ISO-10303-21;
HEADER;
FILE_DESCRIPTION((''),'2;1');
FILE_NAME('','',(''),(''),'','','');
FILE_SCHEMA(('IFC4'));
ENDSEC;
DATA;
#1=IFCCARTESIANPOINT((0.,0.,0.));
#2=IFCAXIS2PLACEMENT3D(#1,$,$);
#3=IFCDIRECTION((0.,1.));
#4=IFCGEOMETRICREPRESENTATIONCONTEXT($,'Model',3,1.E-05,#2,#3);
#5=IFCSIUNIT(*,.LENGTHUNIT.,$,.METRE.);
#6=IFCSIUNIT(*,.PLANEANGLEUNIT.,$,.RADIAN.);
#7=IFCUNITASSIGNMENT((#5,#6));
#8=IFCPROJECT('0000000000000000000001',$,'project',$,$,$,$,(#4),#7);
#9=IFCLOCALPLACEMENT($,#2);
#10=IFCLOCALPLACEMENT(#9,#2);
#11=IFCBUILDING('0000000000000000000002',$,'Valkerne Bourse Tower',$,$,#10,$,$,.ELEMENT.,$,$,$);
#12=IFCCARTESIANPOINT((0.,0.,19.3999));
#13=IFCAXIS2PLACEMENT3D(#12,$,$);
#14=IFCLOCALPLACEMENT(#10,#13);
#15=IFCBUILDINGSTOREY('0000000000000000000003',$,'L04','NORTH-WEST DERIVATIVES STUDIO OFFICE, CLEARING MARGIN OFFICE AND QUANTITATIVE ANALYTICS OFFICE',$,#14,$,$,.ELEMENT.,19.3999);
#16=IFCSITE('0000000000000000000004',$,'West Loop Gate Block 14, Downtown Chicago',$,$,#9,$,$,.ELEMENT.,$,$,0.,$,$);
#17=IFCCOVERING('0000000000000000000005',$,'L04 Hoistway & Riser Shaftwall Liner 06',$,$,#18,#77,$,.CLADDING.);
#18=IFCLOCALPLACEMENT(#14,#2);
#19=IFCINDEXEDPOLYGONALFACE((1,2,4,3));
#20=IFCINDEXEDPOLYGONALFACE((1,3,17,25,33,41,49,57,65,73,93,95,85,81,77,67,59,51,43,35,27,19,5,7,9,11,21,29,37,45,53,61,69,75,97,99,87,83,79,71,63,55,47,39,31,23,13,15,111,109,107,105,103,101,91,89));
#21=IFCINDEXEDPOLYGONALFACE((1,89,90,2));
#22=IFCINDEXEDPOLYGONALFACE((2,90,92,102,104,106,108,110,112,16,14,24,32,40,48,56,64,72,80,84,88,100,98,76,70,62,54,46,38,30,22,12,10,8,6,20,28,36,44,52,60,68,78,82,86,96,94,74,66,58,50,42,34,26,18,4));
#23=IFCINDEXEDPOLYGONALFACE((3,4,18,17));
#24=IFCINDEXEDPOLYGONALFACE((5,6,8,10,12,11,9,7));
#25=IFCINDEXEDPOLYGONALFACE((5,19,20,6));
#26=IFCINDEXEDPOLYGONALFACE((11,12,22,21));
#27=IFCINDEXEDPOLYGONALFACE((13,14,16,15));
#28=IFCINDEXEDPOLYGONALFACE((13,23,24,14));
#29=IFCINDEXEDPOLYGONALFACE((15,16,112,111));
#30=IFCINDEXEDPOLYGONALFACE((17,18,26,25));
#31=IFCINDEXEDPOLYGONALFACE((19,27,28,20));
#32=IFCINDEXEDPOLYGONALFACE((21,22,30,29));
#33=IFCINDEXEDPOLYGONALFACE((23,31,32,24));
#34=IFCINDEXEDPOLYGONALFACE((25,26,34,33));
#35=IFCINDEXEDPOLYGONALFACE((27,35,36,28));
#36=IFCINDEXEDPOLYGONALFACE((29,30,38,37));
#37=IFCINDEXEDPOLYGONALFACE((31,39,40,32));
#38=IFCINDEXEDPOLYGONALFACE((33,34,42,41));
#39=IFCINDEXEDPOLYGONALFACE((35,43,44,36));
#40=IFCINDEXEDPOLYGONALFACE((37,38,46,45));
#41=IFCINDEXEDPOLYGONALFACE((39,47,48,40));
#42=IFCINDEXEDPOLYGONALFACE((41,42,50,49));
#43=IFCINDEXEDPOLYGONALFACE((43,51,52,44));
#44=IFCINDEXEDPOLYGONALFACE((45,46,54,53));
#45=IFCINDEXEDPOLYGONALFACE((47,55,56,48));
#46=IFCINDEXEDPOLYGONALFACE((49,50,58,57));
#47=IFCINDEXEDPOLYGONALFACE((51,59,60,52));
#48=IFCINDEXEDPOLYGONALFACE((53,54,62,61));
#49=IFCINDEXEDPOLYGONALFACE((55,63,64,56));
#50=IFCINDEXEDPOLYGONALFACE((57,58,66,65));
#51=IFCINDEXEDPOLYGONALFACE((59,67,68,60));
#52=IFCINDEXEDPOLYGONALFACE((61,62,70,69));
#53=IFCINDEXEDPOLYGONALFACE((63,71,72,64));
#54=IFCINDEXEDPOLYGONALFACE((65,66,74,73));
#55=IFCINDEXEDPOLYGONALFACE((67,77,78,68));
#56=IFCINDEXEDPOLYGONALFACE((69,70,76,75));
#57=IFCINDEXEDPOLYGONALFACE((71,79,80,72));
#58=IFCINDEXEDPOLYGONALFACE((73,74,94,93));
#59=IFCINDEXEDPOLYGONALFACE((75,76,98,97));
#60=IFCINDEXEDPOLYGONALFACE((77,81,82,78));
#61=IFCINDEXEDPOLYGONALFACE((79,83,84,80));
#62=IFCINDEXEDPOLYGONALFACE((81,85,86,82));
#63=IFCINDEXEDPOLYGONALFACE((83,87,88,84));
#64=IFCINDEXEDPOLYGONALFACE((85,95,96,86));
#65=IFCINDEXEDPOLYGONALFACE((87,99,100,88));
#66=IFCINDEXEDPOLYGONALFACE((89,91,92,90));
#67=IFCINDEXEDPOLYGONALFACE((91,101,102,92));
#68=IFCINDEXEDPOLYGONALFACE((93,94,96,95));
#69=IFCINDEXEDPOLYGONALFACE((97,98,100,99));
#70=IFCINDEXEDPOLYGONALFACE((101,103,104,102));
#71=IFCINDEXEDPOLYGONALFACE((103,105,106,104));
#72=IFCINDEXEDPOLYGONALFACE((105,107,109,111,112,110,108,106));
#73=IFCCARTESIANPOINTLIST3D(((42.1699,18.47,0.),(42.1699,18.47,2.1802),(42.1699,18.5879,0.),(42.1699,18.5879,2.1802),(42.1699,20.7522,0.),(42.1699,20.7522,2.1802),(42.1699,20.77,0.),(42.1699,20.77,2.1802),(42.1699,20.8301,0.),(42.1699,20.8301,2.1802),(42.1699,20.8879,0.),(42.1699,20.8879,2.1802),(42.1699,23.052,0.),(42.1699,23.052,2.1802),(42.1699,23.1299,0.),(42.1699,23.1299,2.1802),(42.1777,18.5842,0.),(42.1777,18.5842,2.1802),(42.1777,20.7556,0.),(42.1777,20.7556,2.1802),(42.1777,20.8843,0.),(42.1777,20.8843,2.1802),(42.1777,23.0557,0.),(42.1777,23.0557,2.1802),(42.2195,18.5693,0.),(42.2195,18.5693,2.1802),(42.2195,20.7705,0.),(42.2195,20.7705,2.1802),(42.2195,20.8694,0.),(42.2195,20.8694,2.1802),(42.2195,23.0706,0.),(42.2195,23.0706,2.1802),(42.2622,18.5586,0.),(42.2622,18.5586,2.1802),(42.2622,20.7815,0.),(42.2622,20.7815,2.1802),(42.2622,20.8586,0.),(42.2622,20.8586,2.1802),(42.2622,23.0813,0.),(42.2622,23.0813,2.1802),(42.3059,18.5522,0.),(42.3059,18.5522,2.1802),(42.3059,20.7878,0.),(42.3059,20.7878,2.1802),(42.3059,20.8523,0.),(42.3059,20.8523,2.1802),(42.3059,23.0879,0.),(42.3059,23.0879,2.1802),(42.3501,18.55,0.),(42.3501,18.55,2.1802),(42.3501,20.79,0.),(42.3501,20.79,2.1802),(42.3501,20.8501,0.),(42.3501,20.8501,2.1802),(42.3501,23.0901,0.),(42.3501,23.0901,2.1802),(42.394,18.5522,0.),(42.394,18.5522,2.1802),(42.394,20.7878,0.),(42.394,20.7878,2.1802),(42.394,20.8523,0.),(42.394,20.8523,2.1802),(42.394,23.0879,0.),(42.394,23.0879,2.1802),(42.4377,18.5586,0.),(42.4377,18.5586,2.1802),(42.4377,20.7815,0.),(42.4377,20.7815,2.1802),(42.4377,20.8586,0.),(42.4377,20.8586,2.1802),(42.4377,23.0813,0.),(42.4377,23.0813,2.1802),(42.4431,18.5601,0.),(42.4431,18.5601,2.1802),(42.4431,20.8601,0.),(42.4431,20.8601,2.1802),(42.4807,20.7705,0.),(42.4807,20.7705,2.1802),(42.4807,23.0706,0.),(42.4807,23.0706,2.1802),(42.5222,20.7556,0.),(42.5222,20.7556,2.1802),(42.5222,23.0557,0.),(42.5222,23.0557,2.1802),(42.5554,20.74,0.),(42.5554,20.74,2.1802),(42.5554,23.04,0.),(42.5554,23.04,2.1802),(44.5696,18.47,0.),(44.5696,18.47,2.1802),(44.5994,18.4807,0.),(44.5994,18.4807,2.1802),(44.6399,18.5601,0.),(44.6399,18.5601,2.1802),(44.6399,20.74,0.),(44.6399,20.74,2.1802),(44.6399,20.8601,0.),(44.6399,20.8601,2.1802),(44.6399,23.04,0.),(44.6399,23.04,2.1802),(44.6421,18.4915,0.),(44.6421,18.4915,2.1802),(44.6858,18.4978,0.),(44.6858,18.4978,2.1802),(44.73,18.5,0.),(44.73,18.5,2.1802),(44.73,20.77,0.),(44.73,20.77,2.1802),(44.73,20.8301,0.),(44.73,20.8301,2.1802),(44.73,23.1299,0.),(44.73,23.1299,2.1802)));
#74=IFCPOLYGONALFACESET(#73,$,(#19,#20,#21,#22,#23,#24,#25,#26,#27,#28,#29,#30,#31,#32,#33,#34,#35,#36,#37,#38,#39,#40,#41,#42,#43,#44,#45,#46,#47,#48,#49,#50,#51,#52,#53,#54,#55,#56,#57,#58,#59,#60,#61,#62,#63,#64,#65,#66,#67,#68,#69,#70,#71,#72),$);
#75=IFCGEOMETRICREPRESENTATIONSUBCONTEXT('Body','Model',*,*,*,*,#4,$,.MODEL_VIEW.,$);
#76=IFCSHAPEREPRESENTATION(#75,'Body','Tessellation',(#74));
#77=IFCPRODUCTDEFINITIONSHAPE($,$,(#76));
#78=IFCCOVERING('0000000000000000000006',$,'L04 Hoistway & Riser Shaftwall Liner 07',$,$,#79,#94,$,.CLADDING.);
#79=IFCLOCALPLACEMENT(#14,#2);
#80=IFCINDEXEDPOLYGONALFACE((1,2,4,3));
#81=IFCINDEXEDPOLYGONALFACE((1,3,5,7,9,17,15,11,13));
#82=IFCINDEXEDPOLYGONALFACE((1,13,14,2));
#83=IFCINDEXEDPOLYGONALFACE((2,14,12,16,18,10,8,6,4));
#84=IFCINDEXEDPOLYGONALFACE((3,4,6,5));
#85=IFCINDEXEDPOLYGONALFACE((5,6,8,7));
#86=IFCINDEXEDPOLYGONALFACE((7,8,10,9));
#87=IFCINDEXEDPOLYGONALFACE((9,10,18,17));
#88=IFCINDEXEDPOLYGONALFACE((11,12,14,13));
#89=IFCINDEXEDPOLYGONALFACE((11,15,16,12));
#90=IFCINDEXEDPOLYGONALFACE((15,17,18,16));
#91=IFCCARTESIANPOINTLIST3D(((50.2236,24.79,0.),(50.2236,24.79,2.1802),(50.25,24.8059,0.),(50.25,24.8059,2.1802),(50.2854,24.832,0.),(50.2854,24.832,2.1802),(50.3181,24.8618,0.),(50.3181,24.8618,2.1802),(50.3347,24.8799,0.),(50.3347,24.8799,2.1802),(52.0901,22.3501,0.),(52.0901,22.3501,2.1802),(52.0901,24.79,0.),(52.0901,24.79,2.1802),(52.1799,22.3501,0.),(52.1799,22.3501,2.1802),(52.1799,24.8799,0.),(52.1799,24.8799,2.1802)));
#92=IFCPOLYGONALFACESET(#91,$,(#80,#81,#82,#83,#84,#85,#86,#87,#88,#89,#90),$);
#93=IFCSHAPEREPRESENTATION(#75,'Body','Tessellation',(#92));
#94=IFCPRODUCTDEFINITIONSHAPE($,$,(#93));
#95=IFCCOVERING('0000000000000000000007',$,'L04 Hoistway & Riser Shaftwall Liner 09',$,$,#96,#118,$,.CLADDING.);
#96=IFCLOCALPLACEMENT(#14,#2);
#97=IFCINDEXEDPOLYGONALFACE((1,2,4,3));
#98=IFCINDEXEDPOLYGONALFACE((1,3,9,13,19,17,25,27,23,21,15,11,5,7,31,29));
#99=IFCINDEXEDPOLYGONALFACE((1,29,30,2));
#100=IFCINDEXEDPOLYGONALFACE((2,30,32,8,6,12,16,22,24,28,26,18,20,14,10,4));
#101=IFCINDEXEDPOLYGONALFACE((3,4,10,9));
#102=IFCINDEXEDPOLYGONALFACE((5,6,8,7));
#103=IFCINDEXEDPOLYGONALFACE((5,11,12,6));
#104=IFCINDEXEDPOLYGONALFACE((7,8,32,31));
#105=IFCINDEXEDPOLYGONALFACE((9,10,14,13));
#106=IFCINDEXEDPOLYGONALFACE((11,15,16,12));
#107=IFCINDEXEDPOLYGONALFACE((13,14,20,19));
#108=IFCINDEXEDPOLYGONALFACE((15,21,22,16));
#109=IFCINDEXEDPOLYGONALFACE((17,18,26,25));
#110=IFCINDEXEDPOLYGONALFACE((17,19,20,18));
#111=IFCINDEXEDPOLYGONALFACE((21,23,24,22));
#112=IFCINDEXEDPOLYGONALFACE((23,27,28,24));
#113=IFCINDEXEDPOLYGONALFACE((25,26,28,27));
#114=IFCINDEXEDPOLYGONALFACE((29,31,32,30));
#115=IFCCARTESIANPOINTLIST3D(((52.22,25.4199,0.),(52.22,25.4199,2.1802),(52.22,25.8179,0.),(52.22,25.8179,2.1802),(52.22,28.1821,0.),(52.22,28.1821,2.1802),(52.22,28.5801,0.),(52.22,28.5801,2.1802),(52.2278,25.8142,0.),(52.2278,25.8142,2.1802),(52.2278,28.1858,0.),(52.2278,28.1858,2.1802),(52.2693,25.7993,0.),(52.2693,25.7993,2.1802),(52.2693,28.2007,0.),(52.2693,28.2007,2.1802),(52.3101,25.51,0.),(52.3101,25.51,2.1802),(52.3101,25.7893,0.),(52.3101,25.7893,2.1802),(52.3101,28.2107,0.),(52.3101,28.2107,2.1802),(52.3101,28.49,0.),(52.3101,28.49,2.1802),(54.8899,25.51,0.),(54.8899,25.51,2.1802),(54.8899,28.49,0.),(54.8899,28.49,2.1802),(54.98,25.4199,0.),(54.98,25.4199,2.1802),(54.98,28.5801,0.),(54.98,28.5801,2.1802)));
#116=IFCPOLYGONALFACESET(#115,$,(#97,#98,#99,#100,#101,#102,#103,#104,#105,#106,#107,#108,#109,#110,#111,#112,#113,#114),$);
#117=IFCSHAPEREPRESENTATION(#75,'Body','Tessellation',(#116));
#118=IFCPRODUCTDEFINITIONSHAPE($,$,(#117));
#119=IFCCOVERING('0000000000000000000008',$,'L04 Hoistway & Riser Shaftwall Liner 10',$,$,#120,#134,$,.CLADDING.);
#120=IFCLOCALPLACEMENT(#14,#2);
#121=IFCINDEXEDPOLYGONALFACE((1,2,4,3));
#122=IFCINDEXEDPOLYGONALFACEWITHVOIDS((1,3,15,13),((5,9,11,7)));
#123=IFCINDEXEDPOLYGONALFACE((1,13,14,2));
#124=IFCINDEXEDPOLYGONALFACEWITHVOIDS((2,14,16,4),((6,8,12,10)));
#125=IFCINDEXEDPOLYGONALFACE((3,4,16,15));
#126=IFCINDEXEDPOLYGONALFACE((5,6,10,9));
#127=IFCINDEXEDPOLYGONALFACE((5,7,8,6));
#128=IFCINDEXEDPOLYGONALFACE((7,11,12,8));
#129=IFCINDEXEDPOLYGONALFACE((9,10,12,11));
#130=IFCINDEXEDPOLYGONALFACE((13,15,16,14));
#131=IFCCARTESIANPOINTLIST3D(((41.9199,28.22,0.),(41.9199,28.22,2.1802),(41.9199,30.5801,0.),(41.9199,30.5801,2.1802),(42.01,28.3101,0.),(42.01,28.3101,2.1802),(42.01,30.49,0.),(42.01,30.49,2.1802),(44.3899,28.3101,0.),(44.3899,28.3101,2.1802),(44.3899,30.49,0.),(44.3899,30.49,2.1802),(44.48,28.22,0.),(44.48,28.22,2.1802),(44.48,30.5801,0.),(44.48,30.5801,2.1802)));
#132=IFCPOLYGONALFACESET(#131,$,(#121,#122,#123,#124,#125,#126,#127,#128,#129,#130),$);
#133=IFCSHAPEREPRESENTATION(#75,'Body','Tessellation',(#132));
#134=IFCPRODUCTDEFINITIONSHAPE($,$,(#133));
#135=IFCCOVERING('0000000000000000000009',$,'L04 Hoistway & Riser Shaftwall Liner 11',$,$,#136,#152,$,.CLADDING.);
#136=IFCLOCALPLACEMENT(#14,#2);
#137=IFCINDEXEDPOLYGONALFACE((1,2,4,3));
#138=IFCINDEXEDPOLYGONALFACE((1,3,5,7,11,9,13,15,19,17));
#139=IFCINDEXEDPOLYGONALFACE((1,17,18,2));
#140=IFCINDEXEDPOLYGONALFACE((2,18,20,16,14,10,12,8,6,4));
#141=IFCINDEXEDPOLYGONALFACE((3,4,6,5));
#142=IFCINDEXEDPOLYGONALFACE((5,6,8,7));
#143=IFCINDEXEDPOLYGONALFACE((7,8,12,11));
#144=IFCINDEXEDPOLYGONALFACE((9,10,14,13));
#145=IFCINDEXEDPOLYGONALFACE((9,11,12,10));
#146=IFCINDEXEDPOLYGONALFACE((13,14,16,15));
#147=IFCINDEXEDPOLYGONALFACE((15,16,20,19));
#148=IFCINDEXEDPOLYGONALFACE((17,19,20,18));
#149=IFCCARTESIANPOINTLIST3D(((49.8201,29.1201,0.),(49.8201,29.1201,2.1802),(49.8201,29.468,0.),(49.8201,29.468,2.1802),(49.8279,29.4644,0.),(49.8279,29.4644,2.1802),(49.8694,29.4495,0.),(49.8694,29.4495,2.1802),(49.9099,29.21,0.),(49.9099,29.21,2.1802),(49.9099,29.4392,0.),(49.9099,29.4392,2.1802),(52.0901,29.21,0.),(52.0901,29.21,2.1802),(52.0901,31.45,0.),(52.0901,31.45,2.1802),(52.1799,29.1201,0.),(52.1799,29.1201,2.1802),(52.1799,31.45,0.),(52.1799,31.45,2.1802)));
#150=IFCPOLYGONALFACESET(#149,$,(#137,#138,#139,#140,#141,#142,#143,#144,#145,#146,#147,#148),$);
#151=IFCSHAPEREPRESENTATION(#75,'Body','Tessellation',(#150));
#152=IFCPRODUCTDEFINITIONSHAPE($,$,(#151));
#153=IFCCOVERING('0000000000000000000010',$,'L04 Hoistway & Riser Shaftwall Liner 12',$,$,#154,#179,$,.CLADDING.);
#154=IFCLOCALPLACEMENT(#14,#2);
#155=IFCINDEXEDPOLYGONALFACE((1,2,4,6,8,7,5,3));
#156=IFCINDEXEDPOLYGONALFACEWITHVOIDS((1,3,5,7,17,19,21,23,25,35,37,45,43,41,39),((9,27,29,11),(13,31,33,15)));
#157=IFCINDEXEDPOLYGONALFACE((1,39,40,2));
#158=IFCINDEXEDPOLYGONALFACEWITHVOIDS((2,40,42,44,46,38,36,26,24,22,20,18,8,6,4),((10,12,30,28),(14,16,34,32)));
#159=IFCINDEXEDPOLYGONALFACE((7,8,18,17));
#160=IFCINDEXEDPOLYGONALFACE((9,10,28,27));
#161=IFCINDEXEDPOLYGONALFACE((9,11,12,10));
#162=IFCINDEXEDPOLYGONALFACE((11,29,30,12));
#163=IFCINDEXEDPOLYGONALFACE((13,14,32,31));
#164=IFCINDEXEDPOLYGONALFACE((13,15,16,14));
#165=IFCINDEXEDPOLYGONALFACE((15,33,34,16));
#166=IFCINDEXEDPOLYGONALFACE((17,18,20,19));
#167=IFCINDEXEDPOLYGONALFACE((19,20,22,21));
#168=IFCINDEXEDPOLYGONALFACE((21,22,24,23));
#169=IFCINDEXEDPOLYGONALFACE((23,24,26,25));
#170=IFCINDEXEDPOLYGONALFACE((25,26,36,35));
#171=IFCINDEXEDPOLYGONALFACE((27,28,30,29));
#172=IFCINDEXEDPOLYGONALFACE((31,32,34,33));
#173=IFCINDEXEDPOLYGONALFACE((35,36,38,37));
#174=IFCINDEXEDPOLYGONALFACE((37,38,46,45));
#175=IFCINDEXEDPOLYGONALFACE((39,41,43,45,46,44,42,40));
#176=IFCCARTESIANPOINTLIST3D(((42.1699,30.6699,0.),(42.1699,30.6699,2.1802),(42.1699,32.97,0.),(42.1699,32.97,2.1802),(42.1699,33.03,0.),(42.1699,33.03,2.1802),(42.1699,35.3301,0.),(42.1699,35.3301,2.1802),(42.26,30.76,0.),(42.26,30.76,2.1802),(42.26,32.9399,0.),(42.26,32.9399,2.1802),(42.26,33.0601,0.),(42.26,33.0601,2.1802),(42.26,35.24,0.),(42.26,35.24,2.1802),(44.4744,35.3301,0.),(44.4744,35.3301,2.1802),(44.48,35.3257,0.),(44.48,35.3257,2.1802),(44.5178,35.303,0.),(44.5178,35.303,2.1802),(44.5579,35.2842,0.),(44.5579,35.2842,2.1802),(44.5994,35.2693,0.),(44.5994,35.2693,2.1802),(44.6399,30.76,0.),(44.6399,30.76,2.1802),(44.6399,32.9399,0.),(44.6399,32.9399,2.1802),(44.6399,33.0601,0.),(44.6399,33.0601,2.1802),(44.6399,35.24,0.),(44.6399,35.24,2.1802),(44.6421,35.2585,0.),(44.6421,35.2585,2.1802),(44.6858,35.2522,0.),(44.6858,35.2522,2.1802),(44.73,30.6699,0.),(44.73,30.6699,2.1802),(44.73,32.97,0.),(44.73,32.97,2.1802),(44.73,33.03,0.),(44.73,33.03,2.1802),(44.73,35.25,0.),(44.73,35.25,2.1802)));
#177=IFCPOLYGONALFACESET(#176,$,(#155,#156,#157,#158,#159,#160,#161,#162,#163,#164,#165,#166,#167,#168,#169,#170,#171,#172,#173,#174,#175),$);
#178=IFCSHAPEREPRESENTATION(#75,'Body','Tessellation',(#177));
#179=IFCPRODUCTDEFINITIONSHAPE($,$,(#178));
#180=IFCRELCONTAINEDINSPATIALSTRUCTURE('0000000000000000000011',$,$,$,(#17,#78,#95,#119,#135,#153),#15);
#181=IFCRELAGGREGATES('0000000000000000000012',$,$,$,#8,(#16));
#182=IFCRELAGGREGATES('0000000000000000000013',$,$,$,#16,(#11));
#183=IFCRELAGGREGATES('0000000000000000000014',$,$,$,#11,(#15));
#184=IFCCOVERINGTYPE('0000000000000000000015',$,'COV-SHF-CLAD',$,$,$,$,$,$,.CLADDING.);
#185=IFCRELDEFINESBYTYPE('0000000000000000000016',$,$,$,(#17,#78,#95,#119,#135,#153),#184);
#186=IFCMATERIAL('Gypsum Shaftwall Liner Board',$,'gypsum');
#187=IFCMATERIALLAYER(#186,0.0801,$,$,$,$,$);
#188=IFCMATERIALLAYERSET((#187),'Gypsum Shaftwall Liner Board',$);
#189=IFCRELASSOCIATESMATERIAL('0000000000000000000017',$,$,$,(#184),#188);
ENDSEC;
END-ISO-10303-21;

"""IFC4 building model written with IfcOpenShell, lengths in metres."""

from ifc_helpers import new_model, si_unit, direction, frame, origin, place, context, subcontext, project, spatial, polyline, outline, extrude, material, layer, layer_set, type_object, element, save


model = new_model("IFC4")

# Units and contexts
model_context = context("Model", 3, precision=1e-05, world=origin(), true_north=direction((0.0, 1.0)))
body_context = subcontext(model_context, "Body", "Model", "MODEL_VIEW")
ifc_project = project(units=[si_unit("LENGTHUNIT", "METRE"), si_unit("PLANEANGLEUNIT", "RADIAN")], contexts=[model_context])

# Site, building, storey
site_placement = place(None, origin())
site = spatial("IfcSite", under=ifc_project, at=site_placement, Name="West Loop Gate Block 14, Downtown Chicago", CompositionType="ELEMENT", RefElevation=0.0)
building_placement = place(site_placement, origin())
building = spatial("IfcBuilding", under=site, at=building_placement, Name="Valkerne Bourse Tower", CompositionType="ELEMENT")
storey_placement = place(building_placement, frame((0.0, 0.0, 19.3999)))
storey = spatial("IfcBuildingStorey", under=building, at=storey_placement, Name="L04", Description="NORTH-WEST DERIVATIVES STUDIO OFFICE, CLEARING MARGIN OFFICE AND QUANTITATIVE ANALYTICS OFFICE", CompositionType="ELEMENT", Elevation=19.3999)

# Coverings
ifc_material_1 = material(Name="Gypsum Shaftwall Liner Board", Category="gypsum")
ifc_layer_1 = layer(ifc_material_1, 0.0801)
ifc_layer_set_1 = layer_set([ifc_layer_1], Name="Gypsum Shaftwall Liner Board")
covering_type_1 = type_object("IfcCoveringType", Name="COV-SHF-CLAD", PredefinedType="CLADDING", material=ifc_layer_set_1)
covering_1_placement = place(storey_placement, origin())
element("IfcCovering", 1, at=covering_1_placement, inside=storey, type_object=covering_type_1, Name="L04 Hoistway & Riser Shaftwall Liner 06", PredefinedType="CLADDING", context=body_context, shape_type="SweptSolid", body=[
    extrude(outline(polyline([(42.1699, 20.8879), (42.1777, 20.8843), (42.2195, 20.8694), (42.2622, 20.8586), (42.3059, 20.8523), (42.3501, 20.8501), (42.394, 20.8523), (42.4377, 20.8586), (42.4431, 20.8601), (44.6399, 20.8601), (44.6399, 23.04), (42.5554, 23.04), (42.5222, 23.0557), (42.4807, 23.0706), (42.4377, 23.0813), (42.394, 23.0879), (42.3501, 23.0901), (42.3059, 23.0879), (42.2622, 23.0813), (42.2195, 23.0706), (42.1777, 23.0557), (42.1699, 23.052), (42.1699, 23.1299), (44.73, 23.1299), (44.73, 20.8301), (44.73, 20.77), (44.73, 18.5), (44.6858, 18.4978), (44.6421, 18.4915), (44.5994, 18.4807), (44.5696, 18.47), (42.1699, 18.47), (42.1699, 18.5879), (42.1777, 18.5842), (42.2195, 18.5693), (42.2622, 18.5586), (42.3059, 18.5522), (42.3501, 18.55), (42.394, 18.5522), (42.4377, 18.5586), (42.4431, 18.5601), (44.6399, 18.5601), (44.6399, 20.74), (42.5554, 20.74), (42.5222, 20.7556), (42.4807, 20.7705), (42.4377, 20.7815), (42.394, 20.7878), (42.3501, 20.79), (42.3059, 20.7878), (42.2622, 20.7815), (42.2195, 20.7705), (42.1777, 20.7556), (42.1699, 20.7522), (42.1699, 20.77), (42.1699, 20.8301), (42.1699, 20.8879)])), origin(), (0.0, 0.0, 1.0), 2.1802),
])
covering_2_placement = place(storey_placement, origin())
element("IfcCovering", 2, at=covering_2_placement, inside=storey, type_object=covering_type_1, Name="L04 Hoistway & Riser Shaftwall Liner 07", PredefinedType="CLADDING", context=body_context, shape_type="SweptSolid", body=[
    extrude(outline(polyline([(52.1799, 22.3501), (52.0901, 22.3501), (52.0901, 24.79), (50.2236, 24.79), (50.25, 24.8059), (50.2854, 24.832), (50.3181, 24.8618), (50.3347, 24.8799), (52.1799, 24.8799), (52.1799, 22.3501)])), origin(), (0.0, 0.0, 1.0), 2.1802),
])
covering_3_placement = place(storey_placement, origin())
element("IfcCovering", 3, at=covering_3_placement, inside=storey, type_object=covering_type_1, Name="L04 Hoistway & Riser Shaftwall Liner 09", PredefinedType="CLADDING", context=body_context, shape_type="SweptSolid", body=[
    extrude(outline(polyline([(54.98, 25.4199), (52.22, 25.4199), (52.22, 25.8179), (52.2278, 25.8142), (52.2693, 25.7993), (52.3101, 25.7893), (52.3101, 25.51), (54.8899, 25.51), (54.8899, 28.49), (52.3101, 28.49), (52.3101, 28.2107), (52.2693, 28.2007), (52.2278, 28.1858), (52.22, 28.1821), (52.22, 28.5801), (54.98, 28.5801), (54.98, 25.4199)])), origin(), (0.0, 0.0, 1.0), 2.1802),
])
covering_4_placement = place(storey_placement, origin())
element("IfcCovering", 4, at=covering_4_placement, inside=storey, type_object=covering_type_1, Name="L04 Hoistway & Riser Shaftwall Liner 10", PredefinedType="CLADDING", context=body_context, shape_type="SweptSolid", body=[
    extrude(outline(polyline([(44.48, 28.22), (41.9199, 28.22), (41.9199, 30.5801), (44.48, 30.5801), (44.48, 28.22)]), holes=[polyline([(42.01, 30.49), (42.01, 28.3101), (44.3899, 28.3101), (44.3899, 30.49), (42.01, 30.49)])]), origin(), (0.0, 0.0, 1.0), 2.1802),
])
covering_5_placement = place(storey_placement, origin())
element("IfcCovering", 5, at=covering_5_placement, inside=storey, type_object=covering_type_1, Name="L04 Hoistway & Riser Shaftwall Liner 11", PredefinedType="CLADDING", context=body_context, shape_type="SweptSolid", body=[
    extrude(outline(polyline([(49.8201, 29.1201), (49.8201, 29.468), (49.8279, 29.4644), (49.8694, 29.4495), (49.9099, 29.4392), (49.9099, 29.21), (52.0901, 29.21), (52.0901, 31.45), (52.1799, 31.45), (52.1799, 29.1201), (49.8201, 29.1201)])), origin(), (0.0, 0.0, 1.0), 2.1802),
])
covering_6_placement = place(storey_placement, origin())
element("IfcCovering", 6, at=covering_6_placement, inside=storey, type_object=covering_type_1, Name="L04 Hoistway & Riser Shaftwall Liner 12", PredefinedType="CLADDING", context=body_context, shape_type="SweptSolid", body=[
    extrude(outline(polyline([(42.1699, 35.3301), (44.4744, 35.3301), (44.48, 35.3257), (44.5178, 35.303), (44.5579, 35.2842), (44.5994, 35.2693), (44.6421, 35.2585), (44.6858, 35.2522), (44.73, 35.25), (44.73, 33.03), (44.73, 32.97), (44.73, 30.6699), (42.1699, 30.6699), (42.1699, 32.97), (42.1699, 33.03), (42.1699, 35.3301)]), holes=[polyline([(42.26, 32.9399), (42.26, 30.76), (44.6399, 30.76), (44.6399, 32.9399), (42.26, 32.9399)]), polyline([(42.26, 33.0601), (44.6399, 33.0601), (44.6399, 35.24), (42.26, 35.24), (42.26, 33.0601)])]), origin(), (0.0, 0.0, 1.0), 2.1802),
])

save(model, "model.ifc")
